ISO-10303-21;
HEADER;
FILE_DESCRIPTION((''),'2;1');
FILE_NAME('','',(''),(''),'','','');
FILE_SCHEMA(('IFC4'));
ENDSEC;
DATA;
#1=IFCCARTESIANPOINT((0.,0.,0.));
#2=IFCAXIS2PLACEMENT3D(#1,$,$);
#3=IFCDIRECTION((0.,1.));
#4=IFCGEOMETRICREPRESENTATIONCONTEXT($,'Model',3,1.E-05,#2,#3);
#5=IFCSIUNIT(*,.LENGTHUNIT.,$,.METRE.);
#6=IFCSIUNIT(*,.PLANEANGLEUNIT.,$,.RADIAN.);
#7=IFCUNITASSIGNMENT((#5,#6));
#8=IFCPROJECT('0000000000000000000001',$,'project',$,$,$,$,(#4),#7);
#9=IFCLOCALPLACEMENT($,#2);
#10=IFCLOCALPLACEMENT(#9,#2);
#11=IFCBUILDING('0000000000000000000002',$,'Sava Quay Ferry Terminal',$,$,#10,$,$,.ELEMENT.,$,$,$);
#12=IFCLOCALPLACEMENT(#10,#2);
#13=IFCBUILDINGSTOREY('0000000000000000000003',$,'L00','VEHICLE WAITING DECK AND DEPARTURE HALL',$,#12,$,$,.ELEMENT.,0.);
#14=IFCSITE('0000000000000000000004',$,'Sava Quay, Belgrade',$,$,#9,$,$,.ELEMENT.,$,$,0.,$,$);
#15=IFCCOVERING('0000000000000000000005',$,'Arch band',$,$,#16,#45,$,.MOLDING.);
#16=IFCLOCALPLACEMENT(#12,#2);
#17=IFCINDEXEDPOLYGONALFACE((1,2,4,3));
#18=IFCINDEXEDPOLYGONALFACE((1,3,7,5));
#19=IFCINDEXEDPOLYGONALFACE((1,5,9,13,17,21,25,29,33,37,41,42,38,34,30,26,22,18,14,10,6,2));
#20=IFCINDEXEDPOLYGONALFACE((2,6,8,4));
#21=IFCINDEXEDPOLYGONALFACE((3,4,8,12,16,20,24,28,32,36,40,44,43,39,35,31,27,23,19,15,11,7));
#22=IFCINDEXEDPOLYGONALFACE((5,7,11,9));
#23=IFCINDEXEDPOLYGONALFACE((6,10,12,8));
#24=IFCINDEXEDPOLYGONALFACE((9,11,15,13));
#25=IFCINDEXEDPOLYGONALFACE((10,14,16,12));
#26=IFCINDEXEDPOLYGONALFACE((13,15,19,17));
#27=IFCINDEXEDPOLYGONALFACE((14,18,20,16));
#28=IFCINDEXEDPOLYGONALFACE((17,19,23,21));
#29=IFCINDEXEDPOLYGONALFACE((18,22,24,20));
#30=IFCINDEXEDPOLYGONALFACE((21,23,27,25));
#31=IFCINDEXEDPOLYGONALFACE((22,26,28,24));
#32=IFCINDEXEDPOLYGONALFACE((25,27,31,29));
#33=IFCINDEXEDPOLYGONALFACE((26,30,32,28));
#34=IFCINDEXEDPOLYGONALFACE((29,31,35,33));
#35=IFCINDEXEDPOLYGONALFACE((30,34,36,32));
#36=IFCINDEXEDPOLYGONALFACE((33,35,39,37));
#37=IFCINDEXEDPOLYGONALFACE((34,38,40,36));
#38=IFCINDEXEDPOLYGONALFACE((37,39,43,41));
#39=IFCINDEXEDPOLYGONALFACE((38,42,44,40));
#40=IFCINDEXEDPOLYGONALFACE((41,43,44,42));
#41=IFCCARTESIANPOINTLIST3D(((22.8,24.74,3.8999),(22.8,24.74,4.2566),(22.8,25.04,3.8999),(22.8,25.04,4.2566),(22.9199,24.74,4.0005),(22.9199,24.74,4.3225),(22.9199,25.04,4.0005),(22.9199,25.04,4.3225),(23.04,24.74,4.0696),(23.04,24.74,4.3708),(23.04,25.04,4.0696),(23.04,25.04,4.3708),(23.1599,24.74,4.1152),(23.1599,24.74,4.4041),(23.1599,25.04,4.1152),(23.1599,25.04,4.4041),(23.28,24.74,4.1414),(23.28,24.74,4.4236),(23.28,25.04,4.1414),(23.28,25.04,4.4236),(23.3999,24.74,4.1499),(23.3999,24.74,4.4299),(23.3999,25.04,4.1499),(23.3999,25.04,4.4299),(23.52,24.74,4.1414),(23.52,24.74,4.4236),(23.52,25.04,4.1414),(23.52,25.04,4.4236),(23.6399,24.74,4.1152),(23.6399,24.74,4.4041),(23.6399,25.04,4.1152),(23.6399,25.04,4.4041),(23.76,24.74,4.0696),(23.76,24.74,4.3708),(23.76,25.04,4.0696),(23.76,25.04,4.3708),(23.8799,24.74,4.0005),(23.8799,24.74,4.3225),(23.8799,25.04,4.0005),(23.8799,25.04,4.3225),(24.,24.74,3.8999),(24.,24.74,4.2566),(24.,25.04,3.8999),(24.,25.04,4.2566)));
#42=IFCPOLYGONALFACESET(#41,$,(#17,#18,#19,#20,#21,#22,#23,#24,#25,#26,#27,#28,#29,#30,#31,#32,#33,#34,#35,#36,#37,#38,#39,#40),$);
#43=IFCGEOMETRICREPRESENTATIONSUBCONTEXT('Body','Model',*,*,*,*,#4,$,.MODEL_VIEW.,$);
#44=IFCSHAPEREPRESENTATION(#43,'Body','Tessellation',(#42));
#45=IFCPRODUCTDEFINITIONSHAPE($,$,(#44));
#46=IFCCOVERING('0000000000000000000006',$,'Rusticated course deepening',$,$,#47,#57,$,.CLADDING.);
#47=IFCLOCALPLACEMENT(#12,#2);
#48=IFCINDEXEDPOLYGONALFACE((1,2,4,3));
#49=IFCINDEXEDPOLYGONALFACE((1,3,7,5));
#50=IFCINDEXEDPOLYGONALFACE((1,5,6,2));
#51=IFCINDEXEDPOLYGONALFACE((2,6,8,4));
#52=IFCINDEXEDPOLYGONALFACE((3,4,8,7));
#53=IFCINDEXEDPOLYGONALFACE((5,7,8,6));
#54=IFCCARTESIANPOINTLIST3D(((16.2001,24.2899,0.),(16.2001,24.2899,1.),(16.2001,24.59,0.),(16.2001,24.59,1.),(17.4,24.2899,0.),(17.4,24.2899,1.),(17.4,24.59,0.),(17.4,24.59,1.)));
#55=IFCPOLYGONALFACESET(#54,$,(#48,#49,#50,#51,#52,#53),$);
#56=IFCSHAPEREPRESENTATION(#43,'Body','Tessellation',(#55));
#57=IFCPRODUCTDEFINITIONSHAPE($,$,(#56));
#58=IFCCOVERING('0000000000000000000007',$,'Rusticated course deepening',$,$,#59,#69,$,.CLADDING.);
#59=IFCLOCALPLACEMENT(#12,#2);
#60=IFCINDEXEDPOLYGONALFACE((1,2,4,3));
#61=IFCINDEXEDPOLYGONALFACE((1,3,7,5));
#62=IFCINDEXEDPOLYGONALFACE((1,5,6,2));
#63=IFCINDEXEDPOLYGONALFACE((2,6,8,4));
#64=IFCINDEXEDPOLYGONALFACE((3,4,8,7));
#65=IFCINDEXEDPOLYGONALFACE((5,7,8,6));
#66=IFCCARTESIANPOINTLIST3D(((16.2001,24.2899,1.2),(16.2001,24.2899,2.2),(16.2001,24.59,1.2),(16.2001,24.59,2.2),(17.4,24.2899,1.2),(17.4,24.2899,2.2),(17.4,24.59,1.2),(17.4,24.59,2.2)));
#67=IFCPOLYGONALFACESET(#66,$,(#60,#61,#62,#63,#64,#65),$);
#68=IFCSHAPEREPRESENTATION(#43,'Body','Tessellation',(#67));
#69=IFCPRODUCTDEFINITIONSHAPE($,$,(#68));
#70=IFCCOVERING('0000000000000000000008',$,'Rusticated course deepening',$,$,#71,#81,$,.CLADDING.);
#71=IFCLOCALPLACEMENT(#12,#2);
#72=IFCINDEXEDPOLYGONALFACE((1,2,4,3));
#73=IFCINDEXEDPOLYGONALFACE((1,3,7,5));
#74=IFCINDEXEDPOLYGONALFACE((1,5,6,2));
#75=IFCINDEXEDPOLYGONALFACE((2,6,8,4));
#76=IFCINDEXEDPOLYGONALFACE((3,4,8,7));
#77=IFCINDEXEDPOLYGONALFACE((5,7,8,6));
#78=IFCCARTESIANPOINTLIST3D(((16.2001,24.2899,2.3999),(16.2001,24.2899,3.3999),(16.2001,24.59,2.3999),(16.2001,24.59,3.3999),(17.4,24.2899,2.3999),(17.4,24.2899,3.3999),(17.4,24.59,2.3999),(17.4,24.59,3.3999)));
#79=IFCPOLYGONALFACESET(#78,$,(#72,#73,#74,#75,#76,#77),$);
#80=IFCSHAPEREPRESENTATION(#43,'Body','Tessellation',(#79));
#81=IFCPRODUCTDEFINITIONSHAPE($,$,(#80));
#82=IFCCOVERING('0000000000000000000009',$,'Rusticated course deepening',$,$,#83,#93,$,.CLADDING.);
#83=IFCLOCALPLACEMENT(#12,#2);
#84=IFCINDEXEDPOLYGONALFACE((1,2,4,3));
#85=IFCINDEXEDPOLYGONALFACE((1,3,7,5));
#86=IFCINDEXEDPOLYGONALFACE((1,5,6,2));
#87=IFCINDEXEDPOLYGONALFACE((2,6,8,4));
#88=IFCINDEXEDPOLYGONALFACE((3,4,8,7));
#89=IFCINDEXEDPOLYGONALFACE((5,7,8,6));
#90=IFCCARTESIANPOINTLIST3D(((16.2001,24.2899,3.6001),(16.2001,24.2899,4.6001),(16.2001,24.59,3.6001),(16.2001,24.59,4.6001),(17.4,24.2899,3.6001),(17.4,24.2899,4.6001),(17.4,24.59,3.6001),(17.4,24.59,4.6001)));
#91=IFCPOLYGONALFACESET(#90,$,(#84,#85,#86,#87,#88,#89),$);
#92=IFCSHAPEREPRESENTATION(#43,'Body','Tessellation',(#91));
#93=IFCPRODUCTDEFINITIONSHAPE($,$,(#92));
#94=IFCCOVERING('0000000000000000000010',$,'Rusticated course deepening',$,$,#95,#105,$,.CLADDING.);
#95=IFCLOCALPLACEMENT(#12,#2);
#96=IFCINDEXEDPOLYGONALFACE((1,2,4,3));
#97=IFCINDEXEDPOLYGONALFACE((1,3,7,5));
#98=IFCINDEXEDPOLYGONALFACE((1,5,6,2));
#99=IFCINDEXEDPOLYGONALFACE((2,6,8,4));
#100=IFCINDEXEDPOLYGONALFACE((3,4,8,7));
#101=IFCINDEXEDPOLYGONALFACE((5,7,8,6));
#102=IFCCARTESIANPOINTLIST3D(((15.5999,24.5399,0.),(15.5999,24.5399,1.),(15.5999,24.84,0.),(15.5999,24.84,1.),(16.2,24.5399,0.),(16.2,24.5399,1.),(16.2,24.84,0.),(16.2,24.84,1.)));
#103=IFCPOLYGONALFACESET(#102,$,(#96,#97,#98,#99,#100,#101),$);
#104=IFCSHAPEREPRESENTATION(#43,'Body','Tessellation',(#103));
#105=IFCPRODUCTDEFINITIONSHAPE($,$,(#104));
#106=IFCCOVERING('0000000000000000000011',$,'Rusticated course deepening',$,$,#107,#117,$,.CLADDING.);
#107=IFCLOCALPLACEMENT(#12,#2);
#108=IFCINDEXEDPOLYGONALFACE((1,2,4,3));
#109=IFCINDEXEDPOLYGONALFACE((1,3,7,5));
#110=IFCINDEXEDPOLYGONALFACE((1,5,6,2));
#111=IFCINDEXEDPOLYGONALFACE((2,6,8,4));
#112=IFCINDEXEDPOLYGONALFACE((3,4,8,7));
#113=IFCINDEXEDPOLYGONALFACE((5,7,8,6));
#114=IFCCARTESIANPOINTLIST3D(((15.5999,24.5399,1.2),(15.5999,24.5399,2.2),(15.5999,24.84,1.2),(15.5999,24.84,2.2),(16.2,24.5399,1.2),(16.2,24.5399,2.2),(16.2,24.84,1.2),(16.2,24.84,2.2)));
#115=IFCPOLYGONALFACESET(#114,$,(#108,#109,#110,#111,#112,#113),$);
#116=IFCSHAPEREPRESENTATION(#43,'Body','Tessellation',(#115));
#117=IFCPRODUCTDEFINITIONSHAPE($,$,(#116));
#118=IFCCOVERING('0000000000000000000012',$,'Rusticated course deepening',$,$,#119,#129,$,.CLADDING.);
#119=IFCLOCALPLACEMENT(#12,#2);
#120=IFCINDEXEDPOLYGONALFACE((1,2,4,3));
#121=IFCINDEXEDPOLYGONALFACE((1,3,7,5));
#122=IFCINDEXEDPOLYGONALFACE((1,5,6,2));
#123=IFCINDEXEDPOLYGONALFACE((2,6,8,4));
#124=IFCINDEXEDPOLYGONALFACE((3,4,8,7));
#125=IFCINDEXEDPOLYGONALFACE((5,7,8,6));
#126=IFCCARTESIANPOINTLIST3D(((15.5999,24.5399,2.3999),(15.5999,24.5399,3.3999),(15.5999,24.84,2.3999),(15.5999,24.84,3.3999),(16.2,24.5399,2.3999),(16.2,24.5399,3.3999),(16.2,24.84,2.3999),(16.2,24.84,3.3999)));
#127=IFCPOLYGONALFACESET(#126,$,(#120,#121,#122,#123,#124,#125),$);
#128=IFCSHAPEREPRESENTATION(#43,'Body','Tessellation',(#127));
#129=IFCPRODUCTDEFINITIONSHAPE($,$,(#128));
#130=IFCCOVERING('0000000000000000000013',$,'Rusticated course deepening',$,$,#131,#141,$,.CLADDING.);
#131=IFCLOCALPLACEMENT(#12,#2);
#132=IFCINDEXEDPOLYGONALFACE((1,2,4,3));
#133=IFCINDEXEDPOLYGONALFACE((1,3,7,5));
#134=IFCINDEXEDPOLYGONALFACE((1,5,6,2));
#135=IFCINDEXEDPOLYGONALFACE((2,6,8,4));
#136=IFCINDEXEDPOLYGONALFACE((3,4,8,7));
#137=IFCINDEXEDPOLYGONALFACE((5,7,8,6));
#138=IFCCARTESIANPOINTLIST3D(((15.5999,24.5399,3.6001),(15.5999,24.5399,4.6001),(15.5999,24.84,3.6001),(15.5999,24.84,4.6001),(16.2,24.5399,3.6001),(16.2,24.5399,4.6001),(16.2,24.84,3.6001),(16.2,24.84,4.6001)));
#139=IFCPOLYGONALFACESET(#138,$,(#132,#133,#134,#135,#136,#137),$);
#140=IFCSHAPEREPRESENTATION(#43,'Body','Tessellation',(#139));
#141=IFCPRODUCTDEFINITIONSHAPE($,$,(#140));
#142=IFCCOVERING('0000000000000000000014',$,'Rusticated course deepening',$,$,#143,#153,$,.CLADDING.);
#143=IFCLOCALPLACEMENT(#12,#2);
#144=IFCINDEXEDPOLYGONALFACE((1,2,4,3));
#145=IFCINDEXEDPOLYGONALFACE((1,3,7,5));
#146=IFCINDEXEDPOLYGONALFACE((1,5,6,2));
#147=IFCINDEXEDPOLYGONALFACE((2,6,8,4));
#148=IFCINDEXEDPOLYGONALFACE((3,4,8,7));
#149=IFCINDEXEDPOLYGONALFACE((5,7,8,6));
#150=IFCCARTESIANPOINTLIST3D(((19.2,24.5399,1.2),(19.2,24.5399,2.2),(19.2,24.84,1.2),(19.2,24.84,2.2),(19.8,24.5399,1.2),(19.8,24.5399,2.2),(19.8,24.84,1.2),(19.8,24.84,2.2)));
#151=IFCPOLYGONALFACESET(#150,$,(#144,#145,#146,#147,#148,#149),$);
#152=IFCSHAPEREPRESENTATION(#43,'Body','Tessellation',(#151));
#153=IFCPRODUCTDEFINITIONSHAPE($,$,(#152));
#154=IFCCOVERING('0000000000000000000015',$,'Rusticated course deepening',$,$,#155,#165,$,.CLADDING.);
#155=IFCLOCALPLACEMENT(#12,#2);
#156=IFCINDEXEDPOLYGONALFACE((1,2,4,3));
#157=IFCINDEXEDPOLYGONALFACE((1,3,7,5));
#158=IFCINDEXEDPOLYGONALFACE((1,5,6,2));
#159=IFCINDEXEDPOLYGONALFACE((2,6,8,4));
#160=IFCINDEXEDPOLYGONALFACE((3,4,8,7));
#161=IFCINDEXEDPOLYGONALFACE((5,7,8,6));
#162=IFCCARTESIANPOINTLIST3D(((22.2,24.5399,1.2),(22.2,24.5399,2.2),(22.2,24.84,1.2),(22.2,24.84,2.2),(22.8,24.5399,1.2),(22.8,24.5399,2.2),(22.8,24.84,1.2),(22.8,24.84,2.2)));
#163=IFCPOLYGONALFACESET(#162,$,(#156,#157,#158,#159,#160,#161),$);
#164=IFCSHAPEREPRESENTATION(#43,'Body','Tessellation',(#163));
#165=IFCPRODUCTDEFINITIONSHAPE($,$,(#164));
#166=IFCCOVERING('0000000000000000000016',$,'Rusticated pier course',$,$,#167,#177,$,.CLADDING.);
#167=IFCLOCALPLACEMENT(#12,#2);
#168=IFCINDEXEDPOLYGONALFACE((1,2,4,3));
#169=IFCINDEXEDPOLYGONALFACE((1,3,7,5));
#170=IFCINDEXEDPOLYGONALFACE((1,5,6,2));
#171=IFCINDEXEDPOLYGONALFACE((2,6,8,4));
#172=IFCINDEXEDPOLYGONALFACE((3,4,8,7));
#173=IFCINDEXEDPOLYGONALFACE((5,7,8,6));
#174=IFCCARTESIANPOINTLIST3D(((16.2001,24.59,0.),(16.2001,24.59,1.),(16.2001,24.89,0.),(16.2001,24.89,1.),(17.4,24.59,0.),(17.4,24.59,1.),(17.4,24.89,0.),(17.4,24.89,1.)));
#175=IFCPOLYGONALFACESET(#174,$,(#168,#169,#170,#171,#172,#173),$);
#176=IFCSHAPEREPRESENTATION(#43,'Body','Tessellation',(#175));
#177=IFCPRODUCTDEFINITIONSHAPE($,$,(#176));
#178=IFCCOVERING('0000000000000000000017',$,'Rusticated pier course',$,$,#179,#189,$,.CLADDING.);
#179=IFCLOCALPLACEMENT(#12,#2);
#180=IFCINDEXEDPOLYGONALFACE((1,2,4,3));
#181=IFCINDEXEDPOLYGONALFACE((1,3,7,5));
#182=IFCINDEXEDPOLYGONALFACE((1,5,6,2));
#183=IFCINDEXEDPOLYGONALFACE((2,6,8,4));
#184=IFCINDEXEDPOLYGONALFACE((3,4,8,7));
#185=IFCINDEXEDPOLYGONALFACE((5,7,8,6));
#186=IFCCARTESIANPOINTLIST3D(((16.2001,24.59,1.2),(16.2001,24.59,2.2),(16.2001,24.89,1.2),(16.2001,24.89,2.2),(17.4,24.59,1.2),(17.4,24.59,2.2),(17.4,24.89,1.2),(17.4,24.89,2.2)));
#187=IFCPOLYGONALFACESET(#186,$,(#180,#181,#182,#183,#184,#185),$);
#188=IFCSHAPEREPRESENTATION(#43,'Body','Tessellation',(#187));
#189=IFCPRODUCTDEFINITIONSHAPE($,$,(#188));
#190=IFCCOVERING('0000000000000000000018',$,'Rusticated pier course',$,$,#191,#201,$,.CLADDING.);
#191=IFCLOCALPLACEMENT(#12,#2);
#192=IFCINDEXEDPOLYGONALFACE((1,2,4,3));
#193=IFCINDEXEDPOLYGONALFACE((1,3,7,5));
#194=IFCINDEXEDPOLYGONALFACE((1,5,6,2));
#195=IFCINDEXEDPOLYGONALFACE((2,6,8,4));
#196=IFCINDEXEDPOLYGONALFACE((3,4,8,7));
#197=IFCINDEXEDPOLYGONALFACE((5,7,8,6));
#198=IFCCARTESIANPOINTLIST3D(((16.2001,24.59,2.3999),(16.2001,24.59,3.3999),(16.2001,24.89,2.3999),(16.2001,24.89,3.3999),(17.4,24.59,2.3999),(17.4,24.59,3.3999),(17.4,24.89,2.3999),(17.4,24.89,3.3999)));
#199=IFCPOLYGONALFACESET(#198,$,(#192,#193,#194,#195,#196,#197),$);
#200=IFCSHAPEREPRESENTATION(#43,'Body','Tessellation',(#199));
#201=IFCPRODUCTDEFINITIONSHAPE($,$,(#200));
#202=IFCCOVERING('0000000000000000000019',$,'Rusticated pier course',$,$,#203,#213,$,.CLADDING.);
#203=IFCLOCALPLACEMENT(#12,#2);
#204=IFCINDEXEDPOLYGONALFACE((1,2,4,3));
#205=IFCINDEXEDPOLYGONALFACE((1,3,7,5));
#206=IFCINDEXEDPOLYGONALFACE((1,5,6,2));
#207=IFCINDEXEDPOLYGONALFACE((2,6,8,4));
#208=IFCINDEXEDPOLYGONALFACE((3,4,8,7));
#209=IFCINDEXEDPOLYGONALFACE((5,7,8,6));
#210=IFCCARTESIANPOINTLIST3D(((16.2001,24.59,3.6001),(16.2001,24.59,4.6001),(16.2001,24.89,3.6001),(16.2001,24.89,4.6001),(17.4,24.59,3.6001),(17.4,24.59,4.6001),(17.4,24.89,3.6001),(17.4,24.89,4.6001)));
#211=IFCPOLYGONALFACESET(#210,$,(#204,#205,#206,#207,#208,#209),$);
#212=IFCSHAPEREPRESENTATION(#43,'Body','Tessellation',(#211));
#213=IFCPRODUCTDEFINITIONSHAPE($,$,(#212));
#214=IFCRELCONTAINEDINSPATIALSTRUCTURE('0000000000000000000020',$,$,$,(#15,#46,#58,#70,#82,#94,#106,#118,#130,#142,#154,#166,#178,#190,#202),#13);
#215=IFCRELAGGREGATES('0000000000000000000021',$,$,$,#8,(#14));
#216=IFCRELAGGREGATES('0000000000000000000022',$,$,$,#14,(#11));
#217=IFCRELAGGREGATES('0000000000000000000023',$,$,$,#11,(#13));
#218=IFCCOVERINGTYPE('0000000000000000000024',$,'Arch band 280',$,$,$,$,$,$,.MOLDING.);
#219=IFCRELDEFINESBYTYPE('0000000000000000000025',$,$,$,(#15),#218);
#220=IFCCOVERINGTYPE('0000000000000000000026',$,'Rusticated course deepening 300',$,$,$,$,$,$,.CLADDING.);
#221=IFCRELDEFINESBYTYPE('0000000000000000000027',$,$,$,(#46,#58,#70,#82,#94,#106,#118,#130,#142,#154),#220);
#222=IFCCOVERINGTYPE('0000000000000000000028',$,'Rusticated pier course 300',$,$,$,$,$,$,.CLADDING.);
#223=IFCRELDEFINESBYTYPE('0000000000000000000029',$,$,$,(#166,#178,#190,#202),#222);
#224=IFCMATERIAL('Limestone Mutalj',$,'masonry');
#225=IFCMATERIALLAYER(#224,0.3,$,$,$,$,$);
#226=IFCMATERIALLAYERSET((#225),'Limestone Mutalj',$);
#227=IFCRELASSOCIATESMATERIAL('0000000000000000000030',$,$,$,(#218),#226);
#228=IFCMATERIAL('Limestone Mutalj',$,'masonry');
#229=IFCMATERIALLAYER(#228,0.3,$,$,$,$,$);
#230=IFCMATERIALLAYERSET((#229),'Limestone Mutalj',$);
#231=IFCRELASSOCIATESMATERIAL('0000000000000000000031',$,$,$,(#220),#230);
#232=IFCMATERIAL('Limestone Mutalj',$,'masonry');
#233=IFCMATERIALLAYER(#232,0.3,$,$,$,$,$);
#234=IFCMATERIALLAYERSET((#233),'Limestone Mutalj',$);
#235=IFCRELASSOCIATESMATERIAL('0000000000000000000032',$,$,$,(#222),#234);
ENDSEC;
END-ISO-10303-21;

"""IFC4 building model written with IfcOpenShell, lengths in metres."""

from ifc_helpers import new_model, si_unit, direction, frame, origin, origin_2d, place, context, subcontext, project, spatial, polyline, rectangle, outline, extrude, material, layer, layer_set, type_object, element, save


model = new_model("IFC4")

# Units and contexts
model_context = context("Model", 3, precision=1e-05, world=origin(), true_north=direction((0.0, 1.0)))
body_context = subcontext(model_context, "Body", "Model", "MODEL_VIEW")
ifc_project = project(units=[si_unit("LENGTHUNIT", "METRE"), si_unit("PLANEANGLEUNIT", "RADIAN")], contexts=[model_context])

# Site, building, storey
site_placement = place(None, origin())
site = spatial("IfcSite", under=ifc_project, at=site_placement, Name="Sava Quay, Belgrade", CompositionType="ELEMENT", RefElevation=0.0)
building_placement = place(site_placement, origin())
building = spatial("IfcBuilding", under=site, at=building_placement, Name="Sava Quay Ferry Terminal", CompositionType="ELEMENT")
storey_placement = place(building_placement, origin())
storey = spatial("IfcBuildingStorey", under=building, at=storey_placement, Name="L00", Description="VEHICLE WAITING DECK AND DEPARTURE HALL", CompositionType="ELEMENT", Elevation=0.0)

# Coverings
ifc_material_1 = material(Name="Limestone Mutalj", Category="masonry")
ifc_layer_1 = layer(ifc_material_1, 0.3)
ifc_layer_set_1 = layer_set([ifc_layer_1], Name="Limestone Mutalj")
covering_type_1 = type_object("IfcCoveringType", Name="Arch band 280", PredefinedType="MOLDING", material=ifc_layer_set_1)
covering_1_placement = place(storey_placement, frame((22.8, 24.74, 3.8999), z_axis=(0.0, -1.0, 0.0), x_axis=(0.766043, 0.0, 0.64279)))
element("IfcCovering", 1, at=covering_1_placement, inside=storey, type_object=covering_type_1, Name="Arch band", PredefinedType="MOLDING", context=body_context, shape_type="SweptSolid", body=[
    extrude(outline(polyline([(0.0, 0.0), (0.1565, 0.0), (0.2929, -0.0243), (0.4141, -0.0664), (0.5229, -0.1236), (0.6202, -0.1941), (0.7067, -0.2778), (0.7818, -0.3749), (0.8444, -0.4871), (0.8919, -0.6171), (0.9192, -0.7713), (1.1485, -0.4981), (1.0988, -0.3704), (1.0381, -0.2563), (0.9674, -0.1536), (0.8881, -0.0616), (0.8002, 0.0204), (0.7043, 0.0926), (0.5997, 0.1549), (0.4866, 0.2065), (0.3635, 0.2467), (0.2293, 0.2732), (0.0, 0.0)])), origin(), (0.0, 0.0, -1.0), 0.3),
])
ifc_material_2 = material(Name="Limestone Mutalj", Category="masonry")
ifc_layer_2 = layer(ifc_material_2, 0.3)
ifc_layer_set_2 = layer_set([ifc_layer_2], Name="Limestone Mutalj")
covering_type_2 = type_object("IfcCoveringType", Name="Rusticated course deepening 300", PredefinedType="CLADDING", material=ifc_layer_set_2)
for number, where, z_axis, x_axis, name in (
    (2, (16.8, 24.4399, 0.0), (0.0, 0.0, 1.0), (1.0, 0.0, 0.0), "Rusticated course deepening"),
    (3, (16.8, 24.4399, 1.2), (0.0, 0.0, 1.0), (1.0, 0.0, 0.0), "Rusticated course deepening"),
    (4, (16.8, 24.4399, 2.3999), (0.0, 0.0, 1.0), (1.0, 0.0, 0.0), "Rusticated course deepening"),
    (5, (16.8, 24.4399, 3.6001), (0.0, 0.0, 1.0), (1.0, 0.0, 0.0), "Rusticated course deepening"),
):
    element("IfcCovering", number, at=place(storey_placement, frame(where, z_axis=z_axis, x_axis=x_axis)), inside=storey, type_object=covering_type_2, Name=name, PredefinedType="CLADDING", context=body_context, shape_type="SweptSolid", body=[
        extrude(rectangle(XDim=1.2, YDim=0.3, at=origin_2d()), origin(), (0.0, 0.0, 1.0), 1.0),
    ])
for number, where, z_axis, x_axis, name in (
    (6, (15.8999, 24.6899, 0.0), (0.0, 0.0, 1.0), (1.0, 0.0, 0.0), "Rusticated course deepening"),
    (7, (15.8999, 24.6899, 1.2), (0.0, 0.0, 1.0), (1.0, 0.0, 0.0), "Rusticated course deepening"),
    (8, (15.8999, 24.6899, 2.3999), (0.0, 0.0, 1.0), (1.0, 0.0, 0.0), "Rusticated course deepening"),
    (9, (15.8999, 24.6899, 3.6001), (0.0, 0.0, 1.0), (1.0, 0.0, 0.0), "Rusticated course deepening"),
    (10, (19.5, 24.6899, 1.2), (0.0, 0.0, 1.0), (1.0, 0.0, 0.0), "Rusticated course deepening"),
    (11, (22.5, 24.6899, 1.2), (0.0, 0.0, 1.0), (1.0, 0.0, 0.0), "Rusticated course deepening"),
):
    element("IfcCovering", number, at=place(storey_placement, frame(where, z_axis=z_axis, x_axis=x_axis)), inside=storey, type_object=covering_type_2, Name=name, PredefinedType="CLADDING", context=body_context, shape_type="SweptSolid", body=[
        extrude(rectangle(XDim=0.6001, YDim=0.3, at=origin_2d()), origin(), (0.0, 0.0, 1.0), 1.0),
    ])
ifc_material_3 = material(Name="Limestone Mutalj", Category="masonry")
ifc_layer_3 = layer(ifc_material_3, 0.3)
ifc_layer_set_3 = layer_set([ifc_layer_3], Name="Limestone Mutalj")
covering_type_3 = type_object("IfcCoveringType", Name="Rusticated pier course 300", PredefinedType="CLADDING", material=ifc_layer_set_3)
for number, where, z_axis, x_axis, name in (
    (12, (16.8, 24.74, 0.0), (0.0, 0.0, 1.0), (1.0, 0.0, 0.0), "Rusticated pier course"),
    (13, (16.8, 24.74, 1.2), (0.0, 0.0, 1.0), (1.0, 0.0, 0.0), "Rusticated pier course"),
    (14, (16.8, 24.74, 2.3999), (0.0, 0.0, 1.0), (1.0, 0.0, 0.0), "Rusticated pier course"),
    (15, (16.8, 24.74, 3.6001), (0.0, 0.0, 1.0), (1.0, 0.0, 0.0), "Rusticated pier course"),
):
    element("IfcCovering", number, at=place(storey_placement, frame(where, z_axis=z_axis, x_axis=x_axis)), inside=storey, type_object=covering_type_3, Name=name, PredefinedType="CLADDING", context=body_context, shape_type="SweptSolid", body=[
        extrude(rectangle(XDim=1.2, YDim=0.3, at=origin_2d()), origin(), (0.0, 0.0, 1.0), 1.0),
    ])

save(model, "model.ifc")
